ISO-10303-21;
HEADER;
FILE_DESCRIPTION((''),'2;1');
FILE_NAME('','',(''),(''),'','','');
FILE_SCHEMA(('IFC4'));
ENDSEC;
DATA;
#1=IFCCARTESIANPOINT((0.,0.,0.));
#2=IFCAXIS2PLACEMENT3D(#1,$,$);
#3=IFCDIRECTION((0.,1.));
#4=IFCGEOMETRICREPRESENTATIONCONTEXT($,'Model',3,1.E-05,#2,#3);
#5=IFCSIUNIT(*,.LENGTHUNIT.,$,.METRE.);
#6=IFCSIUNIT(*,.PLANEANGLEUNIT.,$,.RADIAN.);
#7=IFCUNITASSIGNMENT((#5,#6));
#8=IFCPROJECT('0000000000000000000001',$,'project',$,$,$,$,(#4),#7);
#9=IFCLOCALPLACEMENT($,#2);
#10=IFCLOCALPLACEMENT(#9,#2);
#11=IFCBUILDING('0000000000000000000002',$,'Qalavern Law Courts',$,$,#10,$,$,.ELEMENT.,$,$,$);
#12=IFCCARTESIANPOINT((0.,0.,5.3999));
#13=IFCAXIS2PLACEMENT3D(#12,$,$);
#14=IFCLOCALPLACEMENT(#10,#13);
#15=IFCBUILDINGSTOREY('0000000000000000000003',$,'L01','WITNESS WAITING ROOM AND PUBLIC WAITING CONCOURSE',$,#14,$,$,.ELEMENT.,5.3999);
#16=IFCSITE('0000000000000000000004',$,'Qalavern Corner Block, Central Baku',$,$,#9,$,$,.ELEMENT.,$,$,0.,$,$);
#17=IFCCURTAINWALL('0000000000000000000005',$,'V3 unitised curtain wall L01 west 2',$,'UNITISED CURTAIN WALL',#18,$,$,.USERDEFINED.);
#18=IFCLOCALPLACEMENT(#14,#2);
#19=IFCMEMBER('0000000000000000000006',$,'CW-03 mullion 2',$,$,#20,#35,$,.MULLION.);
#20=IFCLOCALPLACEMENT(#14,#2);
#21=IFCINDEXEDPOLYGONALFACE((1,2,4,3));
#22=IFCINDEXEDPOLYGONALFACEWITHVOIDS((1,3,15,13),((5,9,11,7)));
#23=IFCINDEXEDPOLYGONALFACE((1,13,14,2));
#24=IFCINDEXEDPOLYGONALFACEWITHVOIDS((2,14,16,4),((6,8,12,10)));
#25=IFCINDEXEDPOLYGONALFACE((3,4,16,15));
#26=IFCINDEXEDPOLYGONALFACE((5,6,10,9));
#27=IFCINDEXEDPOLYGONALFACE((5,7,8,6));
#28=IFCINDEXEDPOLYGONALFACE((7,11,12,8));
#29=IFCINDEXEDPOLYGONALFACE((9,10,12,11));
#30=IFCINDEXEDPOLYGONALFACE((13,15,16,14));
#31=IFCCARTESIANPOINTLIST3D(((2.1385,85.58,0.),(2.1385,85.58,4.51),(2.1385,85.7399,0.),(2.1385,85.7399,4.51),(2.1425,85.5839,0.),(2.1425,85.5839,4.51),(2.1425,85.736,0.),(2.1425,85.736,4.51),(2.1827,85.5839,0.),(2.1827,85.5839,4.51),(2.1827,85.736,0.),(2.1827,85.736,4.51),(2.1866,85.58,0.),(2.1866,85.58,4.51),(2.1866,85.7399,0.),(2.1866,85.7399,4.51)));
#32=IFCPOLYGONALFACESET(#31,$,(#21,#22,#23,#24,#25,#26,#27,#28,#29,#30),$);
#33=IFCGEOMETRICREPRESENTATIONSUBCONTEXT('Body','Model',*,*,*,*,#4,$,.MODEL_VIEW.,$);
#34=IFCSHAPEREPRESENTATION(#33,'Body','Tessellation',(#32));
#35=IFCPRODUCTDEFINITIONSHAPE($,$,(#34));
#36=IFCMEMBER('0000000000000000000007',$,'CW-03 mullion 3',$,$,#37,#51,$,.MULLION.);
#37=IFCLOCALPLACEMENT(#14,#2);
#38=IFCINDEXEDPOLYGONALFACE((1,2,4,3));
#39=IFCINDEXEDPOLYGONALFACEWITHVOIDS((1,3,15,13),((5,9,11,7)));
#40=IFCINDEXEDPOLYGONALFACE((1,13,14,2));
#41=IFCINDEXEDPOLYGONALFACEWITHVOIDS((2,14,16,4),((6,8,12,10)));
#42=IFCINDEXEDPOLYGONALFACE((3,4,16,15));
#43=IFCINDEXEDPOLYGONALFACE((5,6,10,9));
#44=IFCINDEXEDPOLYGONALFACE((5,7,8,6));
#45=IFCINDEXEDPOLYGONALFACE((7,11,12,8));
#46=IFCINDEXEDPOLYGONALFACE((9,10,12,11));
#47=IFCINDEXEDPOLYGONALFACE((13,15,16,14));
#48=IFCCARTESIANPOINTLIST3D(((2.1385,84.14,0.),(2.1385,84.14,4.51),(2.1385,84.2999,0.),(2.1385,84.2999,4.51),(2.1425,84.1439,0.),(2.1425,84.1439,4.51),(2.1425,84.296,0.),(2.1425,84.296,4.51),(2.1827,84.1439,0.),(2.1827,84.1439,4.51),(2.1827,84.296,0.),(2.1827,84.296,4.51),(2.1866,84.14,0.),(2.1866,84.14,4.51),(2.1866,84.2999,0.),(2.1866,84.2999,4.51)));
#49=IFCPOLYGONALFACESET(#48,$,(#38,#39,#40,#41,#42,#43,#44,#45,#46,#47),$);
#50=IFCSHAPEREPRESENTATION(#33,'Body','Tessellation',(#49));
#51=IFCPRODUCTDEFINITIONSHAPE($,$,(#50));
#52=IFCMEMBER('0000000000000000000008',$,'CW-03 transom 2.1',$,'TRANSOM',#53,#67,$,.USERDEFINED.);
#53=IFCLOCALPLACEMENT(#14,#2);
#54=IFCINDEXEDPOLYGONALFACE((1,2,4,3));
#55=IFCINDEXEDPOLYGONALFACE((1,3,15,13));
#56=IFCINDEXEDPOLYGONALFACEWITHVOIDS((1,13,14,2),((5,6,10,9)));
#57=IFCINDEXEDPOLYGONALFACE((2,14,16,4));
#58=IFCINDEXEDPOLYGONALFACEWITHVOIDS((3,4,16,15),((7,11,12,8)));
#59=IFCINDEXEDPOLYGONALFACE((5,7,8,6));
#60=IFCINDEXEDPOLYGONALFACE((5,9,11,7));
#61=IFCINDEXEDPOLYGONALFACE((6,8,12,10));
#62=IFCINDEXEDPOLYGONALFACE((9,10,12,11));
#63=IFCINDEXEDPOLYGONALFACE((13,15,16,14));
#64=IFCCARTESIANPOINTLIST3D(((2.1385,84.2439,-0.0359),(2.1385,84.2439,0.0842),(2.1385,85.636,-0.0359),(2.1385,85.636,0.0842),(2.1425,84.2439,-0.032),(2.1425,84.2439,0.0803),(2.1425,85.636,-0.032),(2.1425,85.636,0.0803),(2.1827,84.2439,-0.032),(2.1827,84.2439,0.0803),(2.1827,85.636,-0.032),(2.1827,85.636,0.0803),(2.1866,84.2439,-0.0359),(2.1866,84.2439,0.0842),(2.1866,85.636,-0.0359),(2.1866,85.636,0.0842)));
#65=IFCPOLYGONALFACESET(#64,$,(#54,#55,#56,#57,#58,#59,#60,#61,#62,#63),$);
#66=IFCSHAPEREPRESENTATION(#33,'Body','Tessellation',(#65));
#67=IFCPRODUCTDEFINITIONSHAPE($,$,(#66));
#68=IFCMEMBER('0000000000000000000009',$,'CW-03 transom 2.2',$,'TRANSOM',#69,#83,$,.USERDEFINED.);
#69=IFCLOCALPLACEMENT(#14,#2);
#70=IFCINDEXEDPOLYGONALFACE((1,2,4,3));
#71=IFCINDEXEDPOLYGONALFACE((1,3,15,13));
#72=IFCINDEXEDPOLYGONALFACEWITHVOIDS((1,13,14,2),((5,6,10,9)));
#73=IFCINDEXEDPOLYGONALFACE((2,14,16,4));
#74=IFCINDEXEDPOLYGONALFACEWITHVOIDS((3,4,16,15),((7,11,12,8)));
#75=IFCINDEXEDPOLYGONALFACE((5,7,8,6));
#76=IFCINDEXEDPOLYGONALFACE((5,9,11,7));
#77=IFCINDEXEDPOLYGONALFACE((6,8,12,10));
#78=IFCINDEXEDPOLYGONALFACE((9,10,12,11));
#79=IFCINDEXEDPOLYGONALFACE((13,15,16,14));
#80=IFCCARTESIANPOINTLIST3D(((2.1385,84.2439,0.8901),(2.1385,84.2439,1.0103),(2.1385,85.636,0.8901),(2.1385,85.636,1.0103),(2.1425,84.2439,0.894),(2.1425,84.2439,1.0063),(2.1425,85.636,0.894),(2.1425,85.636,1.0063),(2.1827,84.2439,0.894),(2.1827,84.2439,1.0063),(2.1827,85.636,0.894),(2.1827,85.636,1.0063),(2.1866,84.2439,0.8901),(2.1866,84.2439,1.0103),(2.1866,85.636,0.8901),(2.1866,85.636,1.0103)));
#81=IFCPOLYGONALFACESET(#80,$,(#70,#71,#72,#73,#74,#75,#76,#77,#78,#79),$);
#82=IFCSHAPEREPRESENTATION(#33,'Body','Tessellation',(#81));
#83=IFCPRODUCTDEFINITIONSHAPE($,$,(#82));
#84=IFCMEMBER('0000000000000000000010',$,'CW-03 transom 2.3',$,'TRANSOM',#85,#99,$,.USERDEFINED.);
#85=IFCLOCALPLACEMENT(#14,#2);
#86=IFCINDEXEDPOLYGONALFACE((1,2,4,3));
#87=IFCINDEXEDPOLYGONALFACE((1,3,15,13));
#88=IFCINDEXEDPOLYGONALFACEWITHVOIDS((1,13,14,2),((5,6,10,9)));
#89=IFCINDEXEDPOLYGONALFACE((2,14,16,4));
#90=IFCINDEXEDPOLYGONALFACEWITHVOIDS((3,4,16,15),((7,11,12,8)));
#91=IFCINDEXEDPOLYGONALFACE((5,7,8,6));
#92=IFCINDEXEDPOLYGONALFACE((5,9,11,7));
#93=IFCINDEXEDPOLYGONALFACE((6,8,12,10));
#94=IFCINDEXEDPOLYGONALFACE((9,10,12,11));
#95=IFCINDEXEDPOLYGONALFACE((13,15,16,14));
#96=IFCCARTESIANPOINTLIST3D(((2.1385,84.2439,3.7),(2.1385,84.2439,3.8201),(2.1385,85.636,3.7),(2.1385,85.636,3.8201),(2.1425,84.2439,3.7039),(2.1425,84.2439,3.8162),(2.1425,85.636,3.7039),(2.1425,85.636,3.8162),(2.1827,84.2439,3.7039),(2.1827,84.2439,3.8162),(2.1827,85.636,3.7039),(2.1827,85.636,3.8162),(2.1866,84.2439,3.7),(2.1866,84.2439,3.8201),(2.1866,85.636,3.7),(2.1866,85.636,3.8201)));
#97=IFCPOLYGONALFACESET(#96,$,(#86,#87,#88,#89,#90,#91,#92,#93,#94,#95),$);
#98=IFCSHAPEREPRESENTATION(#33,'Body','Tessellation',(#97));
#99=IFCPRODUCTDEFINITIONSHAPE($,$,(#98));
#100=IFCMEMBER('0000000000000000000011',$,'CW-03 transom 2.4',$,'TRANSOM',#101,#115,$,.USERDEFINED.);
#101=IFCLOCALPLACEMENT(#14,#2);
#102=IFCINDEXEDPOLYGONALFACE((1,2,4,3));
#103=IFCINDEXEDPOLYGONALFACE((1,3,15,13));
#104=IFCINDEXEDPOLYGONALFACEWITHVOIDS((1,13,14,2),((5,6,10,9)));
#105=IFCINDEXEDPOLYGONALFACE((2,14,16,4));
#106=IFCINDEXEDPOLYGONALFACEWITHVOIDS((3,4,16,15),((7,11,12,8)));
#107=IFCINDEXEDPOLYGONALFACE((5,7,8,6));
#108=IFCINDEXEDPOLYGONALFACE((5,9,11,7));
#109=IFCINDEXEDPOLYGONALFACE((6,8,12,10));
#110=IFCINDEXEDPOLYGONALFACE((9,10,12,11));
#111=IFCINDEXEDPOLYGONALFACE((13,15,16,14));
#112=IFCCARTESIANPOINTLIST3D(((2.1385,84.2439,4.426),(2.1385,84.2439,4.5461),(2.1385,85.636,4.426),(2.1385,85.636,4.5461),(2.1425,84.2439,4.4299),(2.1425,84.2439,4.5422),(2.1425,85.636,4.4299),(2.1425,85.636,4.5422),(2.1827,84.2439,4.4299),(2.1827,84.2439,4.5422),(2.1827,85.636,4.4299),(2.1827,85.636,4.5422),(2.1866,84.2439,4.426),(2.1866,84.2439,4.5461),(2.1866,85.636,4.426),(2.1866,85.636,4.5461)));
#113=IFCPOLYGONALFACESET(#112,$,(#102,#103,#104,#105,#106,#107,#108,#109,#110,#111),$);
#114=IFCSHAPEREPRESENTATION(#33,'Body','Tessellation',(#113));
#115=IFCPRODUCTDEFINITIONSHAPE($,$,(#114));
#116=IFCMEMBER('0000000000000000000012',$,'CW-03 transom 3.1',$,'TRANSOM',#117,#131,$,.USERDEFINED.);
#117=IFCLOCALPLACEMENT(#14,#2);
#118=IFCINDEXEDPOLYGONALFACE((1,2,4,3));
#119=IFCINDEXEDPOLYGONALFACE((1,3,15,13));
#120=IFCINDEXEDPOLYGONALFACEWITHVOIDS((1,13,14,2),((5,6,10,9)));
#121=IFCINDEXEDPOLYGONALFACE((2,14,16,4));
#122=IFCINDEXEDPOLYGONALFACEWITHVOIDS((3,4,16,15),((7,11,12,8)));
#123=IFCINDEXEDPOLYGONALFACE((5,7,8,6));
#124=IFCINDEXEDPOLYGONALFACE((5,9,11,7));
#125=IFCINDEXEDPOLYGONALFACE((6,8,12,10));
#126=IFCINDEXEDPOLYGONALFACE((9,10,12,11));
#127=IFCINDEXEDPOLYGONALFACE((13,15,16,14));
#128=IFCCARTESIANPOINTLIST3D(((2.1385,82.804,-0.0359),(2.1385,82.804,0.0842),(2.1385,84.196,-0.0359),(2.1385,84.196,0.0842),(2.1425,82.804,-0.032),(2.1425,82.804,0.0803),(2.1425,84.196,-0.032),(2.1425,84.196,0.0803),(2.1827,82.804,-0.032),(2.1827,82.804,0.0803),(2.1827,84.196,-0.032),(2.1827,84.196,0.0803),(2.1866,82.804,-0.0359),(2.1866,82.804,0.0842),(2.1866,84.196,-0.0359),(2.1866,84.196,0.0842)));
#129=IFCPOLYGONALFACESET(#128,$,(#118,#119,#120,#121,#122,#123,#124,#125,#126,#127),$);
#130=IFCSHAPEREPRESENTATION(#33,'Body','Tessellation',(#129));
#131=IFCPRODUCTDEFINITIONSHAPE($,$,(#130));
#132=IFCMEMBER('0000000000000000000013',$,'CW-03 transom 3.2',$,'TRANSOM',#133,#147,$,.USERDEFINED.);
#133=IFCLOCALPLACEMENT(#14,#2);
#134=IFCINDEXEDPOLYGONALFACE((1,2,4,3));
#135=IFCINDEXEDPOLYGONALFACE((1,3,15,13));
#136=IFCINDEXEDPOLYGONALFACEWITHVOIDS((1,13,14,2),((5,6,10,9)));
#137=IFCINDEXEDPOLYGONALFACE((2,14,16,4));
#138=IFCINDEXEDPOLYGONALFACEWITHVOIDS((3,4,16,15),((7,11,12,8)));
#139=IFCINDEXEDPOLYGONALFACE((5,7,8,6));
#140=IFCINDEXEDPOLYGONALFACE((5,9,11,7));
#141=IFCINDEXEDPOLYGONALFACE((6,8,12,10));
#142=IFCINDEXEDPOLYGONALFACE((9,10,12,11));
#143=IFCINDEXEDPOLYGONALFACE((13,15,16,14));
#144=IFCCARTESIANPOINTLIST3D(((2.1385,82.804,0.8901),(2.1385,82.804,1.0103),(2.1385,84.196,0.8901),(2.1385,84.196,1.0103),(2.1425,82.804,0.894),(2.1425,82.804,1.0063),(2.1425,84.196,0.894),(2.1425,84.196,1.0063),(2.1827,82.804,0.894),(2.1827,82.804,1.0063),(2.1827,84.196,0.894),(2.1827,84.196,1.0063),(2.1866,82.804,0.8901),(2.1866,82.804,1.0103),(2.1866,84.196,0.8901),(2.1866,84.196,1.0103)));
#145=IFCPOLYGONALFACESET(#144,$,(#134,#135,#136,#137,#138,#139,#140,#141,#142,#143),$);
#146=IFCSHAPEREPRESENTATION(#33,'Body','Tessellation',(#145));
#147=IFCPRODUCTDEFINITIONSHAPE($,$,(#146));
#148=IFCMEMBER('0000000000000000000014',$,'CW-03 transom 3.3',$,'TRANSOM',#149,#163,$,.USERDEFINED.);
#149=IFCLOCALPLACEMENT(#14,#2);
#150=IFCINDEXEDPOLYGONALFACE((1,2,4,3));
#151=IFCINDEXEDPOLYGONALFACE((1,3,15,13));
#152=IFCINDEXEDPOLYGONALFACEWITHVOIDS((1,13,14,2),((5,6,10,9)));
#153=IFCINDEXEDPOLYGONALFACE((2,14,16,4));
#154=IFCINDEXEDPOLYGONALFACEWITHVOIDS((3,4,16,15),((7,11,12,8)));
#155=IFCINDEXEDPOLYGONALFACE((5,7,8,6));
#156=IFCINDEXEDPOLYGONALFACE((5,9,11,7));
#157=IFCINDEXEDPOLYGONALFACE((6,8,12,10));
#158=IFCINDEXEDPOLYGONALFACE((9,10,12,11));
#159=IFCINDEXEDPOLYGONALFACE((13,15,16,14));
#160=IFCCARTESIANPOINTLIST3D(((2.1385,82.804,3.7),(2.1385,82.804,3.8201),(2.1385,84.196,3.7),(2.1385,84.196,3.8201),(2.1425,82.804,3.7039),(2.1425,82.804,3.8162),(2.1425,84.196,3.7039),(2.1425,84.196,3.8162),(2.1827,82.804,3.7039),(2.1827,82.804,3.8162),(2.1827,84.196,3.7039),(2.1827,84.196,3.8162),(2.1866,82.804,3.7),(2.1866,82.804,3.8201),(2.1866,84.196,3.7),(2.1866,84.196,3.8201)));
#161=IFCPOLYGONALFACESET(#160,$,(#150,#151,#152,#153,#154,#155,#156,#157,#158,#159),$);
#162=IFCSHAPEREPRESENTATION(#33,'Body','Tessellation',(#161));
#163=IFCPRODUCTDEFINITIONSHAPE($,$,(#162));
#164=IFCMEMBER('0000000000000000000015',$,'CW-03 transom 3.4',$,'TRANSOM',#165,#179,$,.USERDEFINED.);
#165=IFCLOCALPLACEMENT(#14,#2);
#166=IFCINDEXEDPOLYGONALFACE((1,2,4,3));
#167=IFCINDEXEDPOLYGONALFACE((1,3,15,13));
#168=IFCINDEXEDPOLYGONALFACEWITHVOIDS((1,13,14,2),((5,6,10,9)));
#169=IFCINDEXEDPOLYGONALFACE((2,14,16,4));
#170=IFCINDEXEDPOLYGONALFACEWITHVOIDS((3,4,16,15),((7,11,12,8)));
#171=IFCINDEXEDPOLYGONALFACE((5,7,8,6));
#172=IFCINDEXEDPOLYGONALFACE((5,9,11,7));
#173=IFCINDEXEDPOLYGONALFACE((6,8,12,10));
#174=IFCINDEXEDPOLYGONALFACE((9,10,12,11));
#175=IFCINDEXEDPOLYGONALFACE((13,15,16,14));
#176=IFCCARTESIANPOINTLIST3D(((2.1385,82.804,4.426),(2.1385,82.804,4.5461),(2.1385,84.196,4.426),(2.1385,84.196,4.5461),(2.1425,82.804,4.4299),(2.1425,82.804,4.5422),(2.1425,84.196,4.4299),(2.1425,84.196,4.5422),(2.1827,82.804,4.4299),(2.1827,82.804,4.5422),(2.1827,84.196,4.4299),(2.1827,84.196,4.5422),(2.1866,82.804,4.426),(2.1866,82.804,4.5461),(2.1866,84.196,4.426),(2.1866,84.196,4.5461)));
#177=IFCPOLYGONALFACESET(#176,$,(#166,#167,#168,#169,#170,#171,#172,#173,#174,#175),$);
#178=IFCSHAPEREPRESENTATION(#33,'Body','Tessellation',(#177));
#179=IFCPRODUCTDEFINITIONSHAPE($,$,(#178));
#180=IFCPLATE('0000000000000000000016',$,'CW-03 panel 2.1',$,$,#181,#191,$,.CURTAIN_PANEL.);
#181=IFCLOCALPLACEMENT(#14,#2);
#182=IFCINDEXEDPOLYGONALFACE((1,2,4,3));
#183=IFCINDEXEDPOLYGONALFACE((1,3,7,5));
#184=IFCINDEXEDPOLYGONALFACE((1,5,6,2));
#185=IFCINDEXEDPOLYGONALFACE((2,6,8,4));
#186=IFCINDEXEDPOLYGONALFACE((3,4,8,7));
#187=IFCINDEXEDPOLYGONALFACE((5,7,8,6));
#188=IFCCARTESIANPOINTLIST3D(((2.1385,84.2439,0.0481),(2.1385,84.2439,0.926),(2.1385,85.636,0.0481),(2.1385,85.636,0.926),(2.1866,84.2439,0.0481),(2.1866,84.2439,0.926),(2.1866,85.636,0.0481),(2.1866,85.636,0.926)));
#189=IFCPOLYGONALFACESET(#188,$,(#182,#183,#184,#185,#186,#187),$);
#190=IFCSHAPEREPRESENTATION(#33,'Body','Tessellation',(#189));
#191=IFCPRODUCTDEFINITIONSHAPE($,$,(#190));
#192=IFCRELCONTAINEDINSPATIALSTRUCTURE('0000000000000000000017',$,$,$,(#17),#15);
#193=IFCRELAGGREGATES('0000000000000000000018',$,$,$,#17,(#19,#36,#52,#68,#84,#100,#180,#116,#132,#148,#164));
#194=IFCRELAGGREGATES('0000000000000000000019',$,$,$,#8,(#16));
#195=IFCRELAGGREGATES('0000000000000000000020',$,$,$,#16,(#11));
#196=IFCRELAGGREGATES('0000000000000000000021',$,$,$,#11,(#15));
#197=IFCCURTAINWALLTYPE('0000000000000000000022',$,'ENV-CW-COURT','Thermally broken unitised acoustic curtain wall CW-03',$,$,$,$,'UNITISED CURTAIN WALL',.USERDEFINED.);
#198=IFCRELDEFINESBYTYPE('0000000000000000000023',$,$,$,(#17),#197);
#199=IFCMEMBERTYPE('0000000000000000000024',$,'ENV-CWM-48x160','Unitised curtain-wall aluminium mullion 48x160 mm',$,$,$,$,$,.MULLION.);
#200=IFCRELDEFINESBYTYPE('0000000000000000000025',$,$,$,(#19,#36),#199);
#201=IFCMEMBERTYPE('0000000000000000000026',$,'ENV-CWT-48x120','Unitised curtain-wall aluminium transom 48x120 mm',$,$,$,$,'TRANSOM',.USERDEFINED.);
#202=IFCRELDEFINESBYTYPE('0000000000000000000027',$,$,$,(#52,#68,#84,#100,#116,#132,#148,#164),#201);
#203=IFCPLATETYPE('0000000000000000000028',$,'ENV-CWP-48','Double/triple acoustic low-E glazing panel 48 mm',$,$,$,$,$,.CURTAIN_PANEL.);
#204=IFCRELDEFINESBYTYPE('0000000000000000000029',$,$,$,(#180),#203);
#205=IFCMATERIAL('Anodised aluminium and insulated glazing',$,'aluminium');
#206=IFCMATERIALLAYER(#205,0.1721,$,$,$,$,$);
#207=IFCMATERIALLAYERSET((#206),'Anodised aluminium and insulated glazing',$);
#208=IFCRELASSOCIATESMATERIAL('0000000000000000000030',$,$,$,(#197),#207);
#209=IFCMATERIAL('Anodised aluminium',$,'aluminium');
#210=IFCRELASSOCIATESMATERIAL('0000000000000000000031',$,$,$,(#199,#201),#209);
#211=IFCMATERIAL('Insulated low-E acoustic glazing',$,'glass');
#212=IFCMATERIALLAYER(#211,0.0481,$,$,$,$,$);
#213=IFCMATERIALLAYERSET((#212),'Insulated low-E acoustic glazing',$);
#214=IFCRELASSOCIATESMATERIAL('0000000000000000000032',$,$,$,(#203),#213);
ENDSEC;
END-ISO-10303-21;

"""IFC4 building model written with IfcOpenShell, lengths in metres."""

from ifc_helpers import new_model, si_unit, direction, frame, origin, origin_2d, place, context, subcontext, project, spatial, rectangle, hollow_rectangle, extrude, material, layer, layer_set, material_profile, profile_set, type_object, element, aggregate, save


model = new_model("IFC4")

# Units and contexts
model_context = context("Model", 3, precision=1e-05, world=origin(), true_north=direction((0.0, 1.0)))
body_context = subcontext(model_context, "Body", "Model", "MODEL_VIEW")
ifc_project = project(units=[si_unit("LENGTHUNIT", "METRE"), si_unit("PLANEANGLEUNIT", "RADIAN")], contexts=[model_context])

# Site, building, storey
site_placement = place(None, origin())
site = spatial("IfcSite", under=ifc_project, at=site_placement, Name="Qalavern Corner Block, Central Baku", CompositionType="ELEMENT", RefElevation=0.0)
building_placement = place(site_placement, origin())
building = spatial("IfcBuilding", under=site, at=building_placement, Name="Qalavern Law Courts", CompositionType="ELEMENT")
storey_placement = place(building_placement, frame((0.0, 0.0, 5.3999)))
storey = spatial("IfcBuildingStorey", under=building, at=storey_placement, Name="L01", Description="WITNESS WAITING ROOM AND PUBLIC WAITING CONCOURSE", CompositionType="ELEMENT", Elevation=5.3999)

# Curtain wall, members, plate
ifc_material_1 = material(Name="Anodised aluminium and insulated glazing", Category="aluminium")
ifc_layer_1 = layer(ifc_material_1, 0.1721)
ifc_layer_set_1 = layer_set([ifc_layer_1], Name="Anodised aluminium and insulated glazing")
curtain_wall_type = type_object("IfcCurtainWallType", Name="ENV-CW-COURT", Description="Thermally broken unitised acoustic curtain wall CW-03", ElementType="UNITISED CURTAIN WALL", PredefinedType="USERDEFINED", material=ifc_layer_set_1)
curtain_wall_placement = place(storey_placement, origin())
curtain_wall = element("IfcCurtainWall", 1, at=curtain_wall_placement, inside=storey, type_object=curtain_wall_type, Name="V3 unitised curtain wall L01 west 2", ObjectType="UNITISED CURTAIN WALL", PredefinedType="USERDEFINED")
ifc_material_2 = material(Name="Anodised aluminium", Category="aluminium")
ifc_material_profile_1 = material_profile(ifc_material_2, hollow_rectangle(XDim=0.0481, YDim=0.1599, WallThickness=0.0039, at=origin_2d()), Name="ALU MULLION 48x160")
ifc_profile_set_1 = profile_set([ifc_material_profile_1], Name="Anodised aluminium")
member_type_1 = type_object("IfcMemberType", Name="ENV-CWM-48x160", Description="Unitised curtain-wall aluminium mullion 48x160 mm", PredefinedType="MULLION", material=ifc_profile_set_1)
member_1_placement = place(storey_placement, frame((2.1626, 85.6599, 0.0), z_axis=(0.0, 0.0, 1.0), x_axis=(1.0, 0.0, 0.0)))
member_1 = element("IfcMember", 2, at=member_1_placement, type_object=member_type_1, Name="CW-03 mullion 2", PredefinedType="MULLION", context=body_context, shape_type="SweptSolid", body=[
    extrude(hollow_rectangle(XDim=0.0481, YDim=0.1599, WallThickness=0.0039, at=origin_2d()), origin(), (0.0, 0.0, 1.0), 4.51),
])
member_2_placement = place(storey_placement, frame((2.1626, 84.22, 0.0), z_axis=(0.0, 0.0, 1.0), x_axis=(1.0, 0.0, 0.0)))
member_2 = element("IfcMember", 3, at=member_2_placement, type_object=member_type_1, Name="CW-03 mullion 3", PredefinedType="MULLION", context=body_context, shape_type="SweptSolid", body=[
    extrude(hollow_rectangle(XDim=0.0481, YDim=0.1599, WallThickness=0.0039, at=origin_2d()), origin(), (0.0, 0.0, 1.0), 4.51),
])
ifc_material_profile_2 = material_profile(ifc_material_2, hollow_rectangle(XDim=0.0481, YDim=0.1201, WallThickness=0.0039, at=origin_2d()), Name="ALU TRANSOM 48x120")
ifc_profile_set_2 = profile_set([ifc_material_profile_2], Name="Anodised aluminium")
member_type_2 = type_object("IfcMemberType", Name="ENV-CWT-48x120", Description="Unitised curtain-wall aluminium transom 48x120 mm", ElementType="TRANSOM", PredefinedType="USERDEFINED", material=ifc_profile_set_2)
member_3_placement = place(storey_placement, frame((2.1626, 85.636, 0.0242), z_axis=(0.0, -1.0, 0.0), x_axis=(1.0, 0.0, 0.0)))
member_3 = element("IfcMember", 4, at=member_3_placement, type_object=member_type_2, Name="CW-03 transom 2.1", ObjectType="TRANSOM", PredefinedType="USERDEFINED", context=body_context, shape_type="SweptSolid", body=[
    extrude(hollow_rectangle(XDim=0.0481, YDim=0.1201, WallThickness=0.0039, at=origin_2d()), origin(), (0.0, 0.0, 1.0), 1.3921),
])
member_4_placement = place(storey_placement, frame((2.1626, 85.636, 0.9502), z_axis=(0.0, -1.0, 0.0), x_axis=(1.0, 0.0, 0.0)))
member_4 = element("IfcMember", 5, at=member_4_placement, type_object=member_type_2, Name="CW-03 transom 2.2", ObjectType="TRANSOM", PredefinedType="USERDEFINED", context=body_context, shape_type="SweptSolid", body=[
    extrude(hollow_rectangle(XDim=0.0481, YDim=0.1201, WallThickness=0.0039, at=origin_2d()), origin(), (0.0, 0.0, 1.0), 1.3921),
])
member_5_placement = place(storey_placement, frame((2.1626, 85.636, 3.76), z_axis=(0.0, -1.0, 0.0), x_axis=(1.0, 0.0, 0.0)))
member_5 = element("IfcMember", 6, at=member_5_placement, type_object=member_type_2, Name="CW-03 transom 2.3", ObjectType="TRANSOM", PredefinedType="USERDEFINED", context=body_context, shape_type="SweptSolid", body=[
    extrude(hollow_rectangle(XDim=0.0481, YDim=0.1201, WallThickness=0.0039, at=origin_2d()), origin(), (0.0, 0.0, 1.0), 1.3921),
])
member_6_placement = place(storey_placement, frame((2.1626, 85.636, 4.4861), z_axis=(0.0, -1.0, 0.0), x_axis=(1.0, 0.0, 0.0)))
member_6 = element("IfcMember", 7, at=member_6_placement, type_object=member_type_2, Name="CW-03 transom 2.4", ObjectType="TRANSOM", PredefinedType="USERDEFINED", context=body_context, shape_type="SweptSolid", body=[
    extrude(hollow_rectangle(XDim=0.0481, YDim=0.1201, WallThickness=0.0039, at=origin_2d()), origin(), (0.0, 0.0, 1.0), 1.3921),
])
member_7_placement = place(storey_placement, frame((2.1626, 84.196, 0.0242), z_axis=(0.0, -1.0, 0.0), x_axis=(1.0, 0.0, 0.0)))
member_7 = element("IfcMember", 8, at=member_7_placement, type_object=member_type_2, Name="CW-03 transom 3.1", ObjectType="TRANSOM", PredefinedType="USERDEFINED", context=body_context, shape_type="SweptSolid", body=[
    extrude(hollow_rectangle(XDim=0.0481, YDim=0.1201, WallThickness=0.0039, at=origin_2d()), origin(), (0.0, 0.0, 1.0), 1.3921),
])
member_8_placement = place(storey_placement, frame((2.1626, 84.196, 0.9502), z_axis=(0.0, -1.0, 0.0), x_axis=(1.0, 0.0, 0.0)))
member_8 = element("IfcMember", 9, at=member_8_placement, type_object=member_type_2, Name="CW-03 transom 3.2", ObjectType="TRANSOM", PredefinedType="USERDEFINED", context=body_context, shape_type="SweptSolid", body=[
    extrude(hollow_rectangle(XDim=0.0481, YDim=0.1201, WallThickness=0.0039, at=origin_2d()), origin(), (0.0, 0.0, 1.0), 1.3921),
])
member_9_placement = place(storey_placement, frame((2.1626, 84.196, 3.76), z_axis=(0.0, -1.0, 0.0), x_axis=(1.0, 0.0, 0.0)))
member_9 = element("IfcMember", 10, at=member_9_placement, type_object=member_type_2, Name="CW-03 transom 3.3", ObjectType="TRANSOM", PredefinedType="USERDEFINED", context=body_context, shape_type="SweptSolid", body=[
    extrude(hollow_rectangle(XDim=0.0481, YDim=0.1201, WallThickness=0.0039, at=origin_2d()), origin(), (0.0, 0.0, 1.0), 1.3921),
])
member_10_placement = place(storey_placement, frame((2.1626, 84.196, 4.4861), z_axis=(0.0, -1.0, 0.0), x_axis=(1.0, 0.0, 0.0)))
member_10 = element("IfcMember", 11, at=member_10_placement, type_object=member_type_2, Name="CW-03 transom 3.4", ObjectType="TRANSOM", PredefinedType="USERDEFINED", context=body_context, shape_type="SweptSolid", body=[
    extrude(hollow_rectangle(XDim=0.0481, YDim=0.1201, WallThickness=0.0039, at=origin_2d()), origin(), (0.0, 0.0, 1.0), 1.3921),
])
ifc_material_3 = material(Name="Insulated low-E acoustic glazing", Category="glass")
ifc_layer_2 = layer(ifc_material_3, 0.0481)
ifc_layer_set_2 = layer_set([ifc_layer_2], Name="Insulated low-E acoustic glazing")
plate_type = type_object("IfcPlateType", Name="ENV-CWP-48", Description="Double/triple acoustic low-E glazing panel 48 mm", PredefinedType="CURTAIN_PANEL", material=ifc_layer_set_2)
plate_1_placement = place(storey_placement, frame((2.1626, 84.9399, 0.0481), z_axis=(0.0, 0.0, 1.0), x_axis=(0.0, -1.0, 0.0)))
plate_1 = element("IfcPlate", 12, at=plate_1_placement, type_object=plate_type, Name="CW-03 panel 2.1", PredefinedType="CURTAIN_PANEL", context=body_context, shape_type="SweptSolid", body=[
    extrude(rectangle(XDim=1.3921, YDim=0.0481, at=origin_2d()), origin(), (0.0, 0.0, 1.0), 0.8779),
])
aggregate(curtain_wall, [member_1, member_2, member_3, member_4, member_5, member_6, plate_1, member_7, member_8, member_9, member_10])

save(model, "model.ifc")
